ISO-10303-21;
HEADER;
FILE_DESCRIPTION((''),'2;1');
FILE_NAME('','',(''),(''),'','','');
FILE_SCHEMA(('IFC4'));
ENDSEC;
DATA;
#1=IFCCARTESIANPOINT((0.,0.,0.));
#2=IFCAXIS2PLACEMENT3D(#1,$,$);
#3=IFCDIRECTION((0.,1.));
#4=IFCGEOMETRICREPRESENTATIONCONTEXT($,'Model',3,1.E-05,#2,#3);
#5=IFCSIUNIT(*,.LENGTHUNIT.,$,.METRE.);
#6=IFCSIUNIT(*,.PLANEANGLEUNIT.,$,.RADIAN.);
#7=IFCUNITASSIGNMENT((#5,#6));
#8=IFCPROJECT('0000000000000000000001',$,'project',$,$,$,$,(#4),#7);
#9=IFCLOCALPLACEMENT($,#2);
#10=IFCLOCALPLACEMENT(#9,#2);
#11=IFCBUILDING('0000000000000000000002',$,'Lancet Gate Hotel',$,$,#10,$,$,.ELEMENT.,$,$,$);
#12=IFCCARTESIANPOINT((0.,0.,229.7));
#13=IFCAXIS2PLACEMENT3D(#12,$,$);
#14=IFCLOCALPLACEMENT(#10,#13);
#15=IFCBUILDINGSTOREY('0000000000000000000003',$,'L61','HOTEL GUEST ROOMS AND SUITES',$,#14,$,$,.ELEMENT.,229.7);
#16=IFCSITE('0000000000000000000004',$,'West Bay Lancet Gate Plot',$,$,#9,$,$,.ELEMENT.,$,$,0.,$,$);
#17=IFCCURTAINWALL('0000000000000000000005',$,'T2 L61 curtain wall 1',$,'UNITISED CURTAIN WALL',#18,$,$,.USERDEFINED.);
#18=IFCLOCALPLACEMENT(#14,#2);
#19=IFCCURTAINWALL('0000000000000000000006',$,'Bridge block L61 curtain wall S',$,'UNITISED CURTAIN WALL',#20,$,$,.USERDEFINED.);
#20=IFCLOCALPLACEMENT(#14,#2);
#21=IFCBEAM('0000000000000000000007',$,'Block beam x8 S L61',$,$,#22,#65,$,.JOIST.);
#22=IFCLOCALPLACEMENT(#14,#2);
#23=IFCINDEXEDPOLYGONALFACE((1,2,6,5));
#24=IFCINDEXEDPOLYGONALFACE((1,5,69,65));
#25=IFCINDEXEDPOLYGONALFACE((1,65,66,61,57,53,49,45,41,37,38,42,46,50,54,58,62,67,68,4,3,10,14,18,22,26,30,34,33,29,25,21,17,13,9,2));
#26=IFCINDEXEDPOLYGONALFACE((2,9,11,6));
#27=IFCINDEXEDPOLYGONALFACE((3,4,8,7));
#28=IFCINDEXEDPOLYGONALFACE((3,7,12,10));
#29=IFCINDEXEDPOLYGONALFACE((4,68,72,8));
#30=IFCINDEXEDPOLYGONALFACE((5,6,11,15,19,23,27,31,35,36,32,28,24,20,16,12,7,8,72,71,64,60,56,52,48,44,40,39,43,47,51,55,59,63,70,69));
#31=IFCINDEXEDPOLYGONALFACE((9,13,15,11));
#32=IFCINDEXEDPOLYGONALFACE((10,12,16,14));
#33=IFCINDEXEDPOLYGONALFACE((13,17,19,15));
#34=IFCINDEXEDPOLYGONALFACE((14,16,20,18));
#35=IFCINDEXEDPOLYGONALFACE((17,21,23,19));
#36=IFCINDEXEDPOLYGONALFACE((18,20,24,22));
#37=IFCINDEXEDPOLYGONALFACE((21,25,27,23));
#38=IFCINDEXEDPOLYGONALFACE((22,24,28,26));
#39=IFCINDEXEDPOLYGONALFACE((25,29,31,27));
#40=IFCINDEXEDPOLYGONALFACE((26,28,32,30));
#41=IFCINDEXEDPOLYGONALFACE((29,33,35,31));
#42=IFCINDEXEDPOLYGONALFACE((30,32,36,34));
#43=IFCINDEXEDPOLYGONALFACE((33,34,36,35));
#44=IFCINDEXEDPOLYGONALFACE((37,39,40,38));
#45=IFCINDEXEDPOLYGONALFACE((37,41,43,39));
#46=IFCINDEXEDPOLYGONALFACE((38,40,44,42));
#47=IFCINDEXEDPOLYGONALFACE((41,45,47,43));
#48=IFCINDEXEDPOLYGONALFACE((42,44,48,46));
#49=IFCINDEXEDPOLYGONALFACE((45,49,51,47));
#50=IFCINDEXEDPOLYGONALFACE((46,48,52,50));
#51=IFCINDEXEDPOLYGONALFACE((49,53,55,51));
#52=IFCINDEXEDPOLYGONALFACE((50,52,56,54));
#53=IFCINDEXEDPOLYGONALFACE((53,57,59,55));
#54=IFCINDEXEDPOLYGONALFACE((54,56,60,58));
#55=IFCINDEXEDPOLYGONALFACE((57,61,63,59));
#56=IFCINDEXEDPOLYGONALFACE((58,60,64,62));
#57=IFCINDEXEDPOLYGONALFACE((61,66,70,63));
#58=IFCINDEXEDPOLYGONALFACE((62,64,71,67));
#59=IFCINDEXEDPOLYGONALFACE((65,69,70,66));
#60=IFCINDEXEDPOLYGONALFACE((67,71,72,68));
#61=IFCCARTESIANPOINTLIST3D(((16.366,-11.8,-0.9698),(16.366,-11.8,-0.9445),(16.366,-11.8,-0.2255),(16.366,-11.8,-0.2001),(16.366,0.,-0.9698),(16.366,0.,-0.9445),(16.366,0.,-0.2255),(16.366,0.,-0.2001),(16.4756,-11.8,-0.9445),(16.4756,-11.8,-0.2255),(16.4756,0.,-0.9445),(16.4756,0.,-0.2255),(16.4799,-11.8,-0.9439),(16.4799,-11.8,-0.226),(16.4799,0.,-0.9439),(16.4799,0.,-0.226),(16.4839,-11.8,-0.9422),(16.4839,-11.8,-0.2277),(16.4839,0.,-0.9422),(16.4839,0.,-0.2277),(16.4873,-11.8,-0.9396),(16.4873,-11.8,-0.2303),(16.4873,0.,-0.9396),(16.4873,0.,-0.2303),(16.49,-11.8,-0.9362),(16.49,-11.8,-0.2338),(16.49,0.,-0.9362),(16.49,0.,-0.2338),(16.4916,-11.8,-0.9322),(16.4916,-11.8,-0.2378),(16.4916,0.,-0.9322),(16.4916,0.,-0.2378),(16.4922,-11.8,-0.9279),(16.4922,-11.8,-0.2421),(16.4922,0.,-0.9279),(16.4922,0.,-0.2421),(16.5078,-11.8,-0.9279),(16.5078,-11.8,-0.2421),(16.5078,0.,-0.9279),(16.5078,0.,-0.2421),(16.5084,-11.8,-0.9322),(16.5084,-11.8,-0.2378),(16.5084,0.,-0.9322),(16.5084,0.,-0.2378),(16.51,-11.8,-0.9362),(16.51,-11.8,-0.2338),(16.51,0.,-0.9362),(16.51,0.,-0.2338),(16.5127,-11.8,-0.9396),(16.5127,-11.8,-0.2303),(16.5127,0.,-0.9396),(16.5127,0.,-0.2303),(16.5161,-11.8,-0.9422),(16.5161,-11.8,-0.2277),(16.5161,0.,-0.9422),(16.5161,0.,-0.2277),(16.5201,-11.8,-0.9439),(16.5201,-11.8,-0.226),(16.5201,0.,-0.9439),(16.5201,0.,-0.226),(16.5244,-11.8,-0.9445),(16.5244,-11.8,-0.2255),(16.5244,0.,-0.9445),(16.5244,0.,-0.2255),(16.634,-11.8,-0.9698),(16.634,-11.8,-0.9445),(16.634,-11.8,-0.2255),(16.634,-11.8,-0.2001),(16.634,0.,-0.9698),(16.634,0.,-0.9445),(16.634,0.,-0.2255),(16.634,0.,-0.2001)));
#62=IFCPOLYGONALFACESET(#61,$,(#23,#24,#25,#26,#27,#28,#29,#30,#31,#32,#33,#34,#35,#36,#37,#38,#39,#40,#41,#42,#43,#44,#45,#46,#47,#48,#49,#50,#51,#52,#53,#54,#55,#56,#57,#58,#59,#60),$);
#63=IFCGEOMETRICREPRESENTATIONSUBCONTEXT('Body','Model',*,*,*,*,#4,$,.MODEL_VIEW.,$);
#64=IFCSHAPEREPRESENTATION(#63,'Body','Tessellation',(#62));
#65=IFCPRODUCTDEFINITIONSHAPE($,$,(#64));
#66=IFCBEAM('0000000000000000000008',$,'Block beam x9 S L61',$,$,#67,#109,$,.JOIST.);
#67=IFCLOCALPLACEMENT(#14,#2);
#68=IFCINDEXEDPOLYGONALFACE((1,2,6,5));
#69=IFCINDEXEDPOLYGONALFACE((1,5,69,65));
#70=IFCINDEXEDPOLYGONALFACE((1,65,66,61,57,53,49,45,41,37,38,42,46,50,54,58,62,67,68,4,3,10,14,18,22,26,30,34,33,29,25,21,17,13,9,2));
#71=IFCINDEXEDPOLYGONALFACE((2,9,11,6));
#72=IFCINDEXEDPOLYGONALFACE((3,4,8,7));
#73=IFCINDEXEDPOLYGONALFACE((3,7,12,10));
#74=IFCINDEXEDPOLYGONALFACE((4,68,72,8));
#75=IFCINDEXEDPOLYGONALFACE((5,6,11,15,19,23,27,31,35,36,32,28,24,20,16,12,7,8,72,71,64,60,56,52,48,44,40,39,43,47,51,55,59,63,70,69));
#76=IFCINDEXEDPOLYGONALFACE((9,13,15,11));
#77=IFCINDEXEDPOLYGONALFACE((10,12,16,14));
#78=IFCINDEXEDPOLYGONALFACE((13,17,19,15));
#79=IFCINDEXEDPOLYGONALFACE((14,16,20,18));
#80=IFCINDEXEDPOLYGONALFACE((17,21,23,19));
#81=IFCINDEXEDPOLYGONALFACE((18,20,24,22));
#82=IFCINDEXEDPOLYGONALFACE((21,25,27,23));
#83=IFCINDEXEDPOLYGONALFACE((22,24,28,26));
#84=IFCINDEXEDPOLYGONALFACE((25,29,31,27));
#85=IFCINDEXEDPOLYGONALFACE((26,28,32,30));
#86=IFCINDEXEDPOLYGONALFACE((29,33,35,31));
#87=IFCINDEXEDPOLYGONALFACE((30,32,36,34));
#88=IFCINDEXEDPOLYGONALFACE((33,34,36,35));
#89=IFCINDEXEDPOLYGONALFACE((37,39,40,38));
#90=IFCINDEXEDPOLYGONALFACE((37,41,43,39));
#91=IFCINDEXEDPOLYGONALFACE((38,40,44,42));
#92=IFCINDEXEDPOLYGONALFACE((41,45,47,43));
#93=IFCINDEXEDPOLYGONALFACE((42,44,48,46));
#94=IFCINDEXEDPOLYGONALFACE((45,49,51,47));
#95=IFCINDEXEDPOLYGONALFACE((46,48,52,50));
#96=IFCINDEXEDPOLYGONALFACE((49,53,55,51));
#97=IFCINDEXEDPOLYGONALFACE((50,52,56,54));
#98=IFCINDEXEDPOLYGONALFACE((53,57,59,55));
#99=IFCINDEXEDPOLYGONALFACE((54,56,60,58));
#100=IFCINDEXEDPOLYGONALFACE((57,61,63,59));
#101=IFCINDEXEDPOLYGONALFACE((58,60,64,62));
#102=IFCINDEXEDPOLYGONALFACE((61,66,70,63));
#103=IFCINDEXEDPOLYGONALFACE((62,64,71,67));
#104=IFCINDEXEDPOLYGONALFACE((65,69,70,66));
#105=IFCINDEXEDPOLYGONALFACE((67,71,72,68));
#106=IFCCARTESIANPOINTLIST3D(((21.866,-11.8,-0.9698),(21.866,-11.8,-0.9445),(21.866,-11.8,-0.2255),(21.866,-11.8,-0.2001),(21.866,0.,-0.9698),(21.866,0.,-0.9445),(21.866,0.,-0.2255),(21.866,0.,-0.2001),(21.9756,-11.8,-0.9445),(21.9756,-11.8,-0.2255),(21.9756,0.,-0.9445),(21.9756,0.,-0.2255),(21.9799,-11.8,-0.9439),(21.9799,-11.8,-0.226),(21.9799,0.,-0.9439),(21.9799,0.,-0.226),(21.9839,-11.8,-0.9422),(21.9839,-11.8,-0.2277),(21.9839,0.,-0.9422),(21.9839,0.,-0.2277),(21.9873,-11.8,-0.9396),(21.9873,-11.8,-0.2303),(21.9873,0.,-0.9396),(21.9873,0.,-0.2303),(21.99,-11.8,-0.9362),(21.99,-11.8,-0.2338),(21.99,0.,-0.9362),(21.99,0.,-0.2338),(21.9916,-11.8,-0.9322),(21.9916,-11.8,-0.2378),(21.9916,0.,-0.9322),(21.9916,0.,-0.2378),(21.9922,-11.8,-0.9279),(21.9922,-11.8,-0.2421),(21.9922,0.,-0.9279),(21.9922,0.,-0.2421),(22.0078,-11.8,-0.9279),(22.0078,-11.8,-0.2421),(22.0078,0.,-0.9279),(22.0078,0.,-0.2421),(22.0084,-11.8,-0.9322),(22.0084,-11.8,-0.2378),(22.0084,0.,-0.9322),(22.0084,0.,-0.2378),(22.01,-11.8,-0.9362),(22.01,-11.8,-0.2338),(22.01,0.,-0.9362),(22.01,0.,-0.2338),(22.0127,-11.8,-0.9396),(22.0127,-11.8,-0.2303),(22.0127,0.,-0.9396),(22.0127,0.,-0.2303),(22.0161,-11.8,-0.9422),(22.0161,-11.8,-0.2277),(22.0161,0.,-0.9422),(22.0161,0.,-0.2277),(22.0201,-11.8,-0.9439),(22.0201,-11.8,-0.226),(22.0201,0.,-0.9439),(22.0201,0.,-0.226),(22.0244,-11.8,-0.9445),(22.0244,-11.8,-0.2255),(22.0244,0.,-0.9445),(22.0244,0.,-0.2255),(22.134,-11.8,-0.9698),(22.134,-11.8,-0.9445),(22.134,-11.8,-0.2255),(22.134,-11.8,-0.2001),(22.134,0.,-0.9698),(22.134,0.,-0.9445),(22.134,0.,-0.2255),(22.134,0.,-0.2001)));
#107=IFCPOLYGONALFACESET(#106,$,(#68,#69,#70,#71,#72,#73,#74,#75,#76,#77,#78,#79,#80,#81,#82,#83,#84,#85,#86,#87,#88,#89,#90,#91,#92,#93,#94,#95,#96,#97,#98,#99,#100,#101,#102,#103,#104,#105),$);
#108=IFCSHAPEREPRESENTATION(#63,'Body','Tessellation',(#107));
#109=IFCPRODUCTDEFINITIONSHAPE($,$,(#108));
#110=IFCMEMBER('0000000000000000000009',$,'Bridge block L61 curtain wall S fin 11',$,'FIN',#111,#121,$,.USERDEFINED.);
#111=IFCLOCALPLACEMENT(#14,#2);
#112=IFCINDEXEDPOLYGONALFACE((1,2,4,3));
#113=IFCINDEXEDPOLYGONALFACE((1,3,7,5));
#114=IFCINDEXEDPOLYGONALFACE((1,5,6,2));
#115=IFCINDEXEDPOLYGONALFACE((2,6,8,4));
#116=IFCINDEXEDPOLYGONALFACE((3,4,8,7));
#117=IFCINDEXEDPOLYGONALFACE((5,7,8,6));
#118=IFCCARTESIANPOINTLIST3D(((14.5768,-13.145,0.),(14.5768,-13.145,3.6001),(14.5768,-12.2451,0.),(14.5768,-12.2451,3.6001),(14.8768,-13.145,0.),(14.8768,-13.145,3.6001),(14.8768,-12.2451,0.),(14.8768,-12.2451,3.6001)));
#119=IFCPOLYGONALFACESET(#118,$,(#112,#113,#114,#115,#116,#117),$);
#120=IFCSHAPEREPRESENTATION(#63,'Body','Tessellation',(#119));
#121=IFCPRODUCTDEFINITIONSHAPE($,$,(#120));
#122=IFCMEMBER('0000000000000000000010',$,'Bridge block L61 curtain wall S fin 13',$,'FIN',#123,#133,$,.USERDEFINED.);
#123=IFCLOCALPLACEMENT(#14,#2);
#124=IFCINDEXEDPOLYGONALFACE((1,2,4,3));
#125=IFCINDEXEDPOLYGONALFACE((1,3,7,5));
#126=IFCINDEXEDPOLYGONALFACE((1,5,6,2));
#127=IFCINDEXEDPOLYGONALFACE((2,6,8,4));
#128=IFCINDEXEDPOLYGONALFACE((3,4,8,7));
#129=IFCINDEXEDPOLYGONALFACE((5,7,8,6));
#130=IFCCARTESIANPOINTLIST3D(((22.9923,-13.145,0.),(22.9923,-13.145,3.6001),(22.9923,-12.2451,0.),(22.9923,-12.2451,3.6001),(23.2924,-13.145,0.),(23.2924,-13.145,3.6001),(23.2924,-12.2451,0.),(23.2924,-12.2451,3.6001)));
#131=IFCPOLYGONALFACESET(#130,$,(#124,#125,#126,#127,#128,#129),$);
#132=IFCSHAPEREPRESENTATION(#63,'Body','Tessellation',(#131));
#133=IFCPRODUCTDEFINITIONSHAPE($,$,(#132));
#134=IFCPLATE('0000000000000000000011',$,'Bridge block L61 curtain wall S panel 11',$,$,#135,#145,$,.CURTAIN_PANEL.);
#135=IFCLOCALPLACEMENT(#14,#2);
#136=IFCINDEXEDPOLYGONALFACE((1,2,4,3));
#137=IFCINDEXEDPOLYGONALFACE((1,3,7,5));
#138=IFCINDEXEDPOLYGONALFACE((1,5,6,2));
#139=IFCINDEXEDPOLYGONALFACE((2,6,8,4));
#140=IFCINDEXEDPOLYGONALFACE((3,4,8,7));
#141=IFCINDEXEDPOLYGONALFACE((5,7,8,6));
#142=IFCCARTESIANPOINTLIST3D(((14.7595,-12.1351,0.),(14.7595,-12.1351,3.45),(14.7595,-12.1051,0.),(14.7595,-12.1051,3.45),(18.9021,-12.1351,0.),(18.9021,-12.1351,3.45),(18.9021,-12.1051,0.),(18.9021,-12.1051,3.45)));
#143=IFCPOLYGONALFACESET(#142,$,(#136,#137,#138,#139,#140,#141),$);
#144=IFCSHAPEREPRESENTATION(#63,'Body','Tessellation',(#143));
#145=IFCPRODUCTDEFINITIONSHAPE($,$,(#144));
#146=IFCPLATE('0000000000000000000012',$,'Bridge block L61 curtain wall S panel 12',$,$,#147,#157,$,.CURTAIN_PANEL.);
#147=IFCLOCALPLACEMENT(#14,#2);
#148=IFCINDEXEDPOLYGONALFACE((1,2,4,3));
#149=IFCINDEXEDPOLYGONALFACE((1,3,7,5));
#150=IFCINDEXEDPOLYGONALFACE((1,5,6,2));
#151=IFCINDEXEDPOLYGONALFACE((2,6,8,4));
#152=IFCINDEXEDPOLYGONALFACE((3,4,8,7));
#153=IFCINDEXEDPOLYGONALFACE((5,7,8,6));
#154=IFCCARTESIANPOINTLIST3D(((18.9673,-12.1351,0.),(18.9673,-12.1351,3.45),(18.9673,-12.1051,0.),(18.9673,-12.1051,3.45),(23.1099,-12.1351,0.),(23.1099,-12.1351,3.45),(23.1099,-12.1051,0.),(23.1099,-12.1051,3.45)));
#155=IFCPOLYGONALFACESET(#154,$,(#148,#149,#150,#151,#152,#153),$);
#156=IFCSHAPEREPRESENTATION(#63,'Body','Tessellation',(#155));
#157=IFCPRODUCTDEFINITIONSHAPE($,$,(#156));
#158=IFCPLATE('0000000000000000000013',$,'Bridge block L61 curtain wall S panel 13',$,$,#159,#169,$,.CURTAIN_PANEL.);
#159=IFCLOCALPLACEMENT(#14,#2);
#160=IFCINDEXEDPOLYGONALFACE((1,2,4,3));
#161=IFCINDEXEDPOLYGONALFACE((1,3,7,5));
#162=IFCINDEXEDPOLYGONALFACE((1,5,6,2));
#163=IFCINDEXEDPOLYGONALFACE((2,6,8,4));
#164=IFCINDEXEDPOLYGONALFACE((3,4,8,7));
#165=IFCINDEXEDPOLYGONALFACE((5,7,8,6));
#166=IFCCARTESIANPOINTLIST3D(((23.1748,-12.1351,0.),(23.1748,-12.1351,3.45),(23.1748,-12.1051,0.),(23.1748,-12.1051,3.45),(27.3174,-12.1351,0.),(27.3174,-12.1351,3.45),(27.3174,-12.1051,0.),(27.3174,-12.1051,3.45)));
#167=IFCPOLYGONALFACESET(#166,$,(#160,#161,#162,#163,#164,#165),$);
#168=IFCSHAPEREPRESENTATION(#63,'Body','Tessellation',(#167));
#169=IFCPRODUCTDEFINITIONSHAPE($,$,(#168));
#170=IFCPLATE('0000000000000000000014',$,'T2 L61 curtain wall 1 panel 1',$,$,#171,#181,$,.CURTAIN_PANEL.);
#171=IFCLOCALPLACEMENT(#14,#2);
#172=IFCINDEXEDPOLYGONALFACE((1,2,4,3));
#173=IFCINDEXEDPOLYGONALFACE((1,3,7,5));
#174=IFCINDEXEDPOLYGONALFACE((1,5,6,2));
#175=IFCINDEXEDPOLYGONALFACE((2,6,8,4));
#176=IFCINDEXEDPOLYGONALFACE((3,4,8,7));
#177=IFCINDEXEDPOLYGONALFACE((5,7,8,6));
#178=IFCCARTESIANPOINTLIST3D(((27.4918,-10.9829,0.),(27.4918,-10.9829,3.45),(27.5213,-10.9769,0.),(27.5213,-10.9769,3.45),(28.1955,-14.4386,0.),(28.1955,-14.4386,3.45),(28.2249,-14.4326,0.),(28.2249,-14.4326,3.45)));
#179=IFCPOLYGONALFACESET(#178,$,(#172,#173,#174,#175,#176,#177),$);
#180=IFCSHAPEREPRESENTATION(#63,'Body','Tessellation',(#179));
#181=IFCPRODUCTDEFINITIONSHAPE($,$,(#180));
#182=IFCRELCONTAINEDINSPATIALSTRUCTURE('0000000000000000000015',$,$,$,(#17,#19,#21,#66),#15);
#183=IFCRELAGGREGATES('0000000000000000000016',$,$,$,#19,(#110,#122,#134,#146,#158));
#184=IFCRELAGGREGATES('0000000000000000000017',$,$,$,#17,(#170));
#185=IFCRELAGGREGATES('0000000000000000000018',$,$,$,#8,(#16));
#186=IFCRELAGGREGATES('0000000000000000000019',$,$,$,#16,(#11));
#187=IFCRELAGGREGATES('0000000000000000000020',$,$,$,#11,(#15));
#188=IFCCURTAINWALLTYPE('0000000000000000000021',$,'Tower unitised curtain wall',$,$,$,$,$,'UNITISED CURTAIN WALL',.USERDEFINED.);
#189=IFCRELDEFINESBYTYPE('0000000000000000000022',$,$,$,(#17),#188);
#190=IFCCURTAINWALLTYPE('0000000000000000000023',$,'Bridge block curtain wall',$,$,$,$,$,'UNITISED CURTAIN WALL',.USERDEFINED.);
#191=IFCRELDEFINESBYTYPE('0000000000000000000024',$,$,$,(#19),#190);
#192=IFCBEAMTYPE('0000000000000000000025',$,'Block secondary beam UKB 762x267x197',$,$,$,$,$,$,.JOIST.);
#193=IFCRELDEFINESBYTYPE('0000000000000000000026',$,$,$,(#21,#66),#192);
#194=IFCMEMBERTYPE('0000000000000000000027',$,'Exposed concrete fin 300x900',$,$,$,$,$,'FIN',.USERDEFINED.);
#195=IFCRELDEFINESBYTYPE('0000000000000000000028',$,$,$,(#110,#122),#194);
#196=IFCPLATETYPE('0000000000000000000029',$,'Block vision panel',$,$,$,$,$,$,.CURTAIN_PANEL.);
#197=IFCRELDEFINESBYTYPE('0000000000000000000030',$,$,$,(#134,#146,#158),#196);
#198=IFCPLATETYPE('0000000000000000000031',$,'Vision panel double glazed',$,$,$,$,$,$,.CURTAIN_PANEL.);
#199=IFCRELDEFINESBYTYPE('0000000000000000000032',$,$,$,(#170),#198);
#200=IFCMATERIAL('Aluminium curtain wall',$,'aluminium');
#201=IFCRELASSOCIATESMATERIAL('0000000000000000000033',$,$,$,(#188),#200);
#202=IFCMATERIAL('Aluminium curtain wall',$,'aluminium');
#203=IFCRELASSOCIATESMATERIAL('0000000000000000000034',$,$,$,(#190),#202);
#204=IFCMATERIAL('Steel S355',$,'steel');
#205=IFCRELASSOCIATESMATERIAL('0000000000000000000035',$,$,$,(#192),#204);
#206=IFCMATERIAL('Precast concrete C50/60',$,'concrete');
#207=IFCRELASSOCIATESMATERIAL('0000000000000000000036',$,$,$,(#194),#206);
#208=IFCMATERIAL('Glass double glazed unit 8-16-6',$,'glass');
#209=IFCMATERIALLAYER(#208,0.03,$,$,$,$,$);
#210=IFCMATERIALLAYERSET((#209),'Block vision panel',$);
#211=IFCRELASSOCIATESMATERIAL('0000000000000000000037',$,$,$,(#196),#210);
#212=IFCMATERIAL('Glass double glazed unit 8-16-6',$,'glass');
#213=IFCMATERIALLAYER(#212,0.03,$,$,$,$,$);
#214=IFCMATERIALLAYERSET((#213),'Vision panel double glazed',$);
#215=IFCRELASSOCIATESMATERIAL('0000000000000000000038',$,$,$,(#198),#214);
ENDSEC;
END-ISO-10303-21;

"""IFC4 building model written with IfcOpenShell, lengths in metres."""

from ifc_helpers import new_model, si_unit, direction, frame, origin, origin_2d, place, context, subcontext, project, spatial, rectangle, i_section, extrude, material, layer, layer_set, material_profile, profile_set, type_object, element, aggregate, save


model = new_model("IFC4")

# Units and contexts
model_context = context("Model", 3, precision=1e-05, world=origin(), true_north=direction((0.0, 1.0)))
body_context = subcontext(model_context, "Body", "Model", "MODEL_VIEW")
ifc_project = project(units=[si_unit("LENGTHUNIT", "METRE"), si_unit("PLANEANGLEUNIT", "RADIAN")], contexts=[model_context])

# Site, building, storey
site_placement = place(None, origin())
site = spatial("IfcSite", under=ifc_project, at=site_placement, Name="West Bay Lancet Gate Plot", CompositionType="ELEMENT", RefElevation=0.0)
building_placement = place(site_placement, origin())
building = spatial("IfcBuilding", under=site, at=building_placement, Name="Lancet Gate Hotel", CompositionType="ELEMENT")
storey_placement = place(building_placement, frame((0.0, 0.0, 229.7)))
storey = spatial("IfcBuildingStorey", under=building, at=storey_placement, Name="L61", Description="HOTEL GUEST ROOMS AND SUITES", CompositionType="ELEMENT", Elevation=229.7)

# Curtain wall
ifc_material_1 = material(Name="Aluminium curtain wall", Category="aluminium")
curtain_wall_type_1 = type_object("IfcCurtainWallType", Name="Tower unitised curtain wall", ElementType="UNITISED CURTAIN WALL", PredefinedType="USERDEFINED", material=ifc_material_1)
curtain_wall_1_placement = place(storey_placement, origin())
curtain_wall_1 = element("IfcCurtainWall", 1, at=curtain_wall_1_placement, inside=storey, type_object=curtain_wall_type_1, Name="T2 L61 curtain wall 1", ObjectType="UNITISED CURTAIN WALL", PredefinedType="USERDEFINED")

# Curtain wall
ifc_material_2 = material(Name="Aluminium curtain wall", Category="aluminium")
curtain_wall_type_2 = type_object("IfcCurtainWallType", Name="Bridge block curtain wall", ElementType="UNITISED CURTAIN WALL", PredefinedType="USERDEFINED", material=ifc_material_2)
curtain_wall_2_placement = place(storey_placement, origin())
curtain_wall_2 = element("IfcCurtainWall", 2, at=curtain_wall_2_placement, inside=storey, type_object=curtain_wall_type_2, Name="Bridge block L61 curtain wall S", ObjectType="UNITISED CURTAIN WALL", PredefinedType="USERDEFINED")

# Beams
ifc_material_3 = material(Name="Steel S355", Category="steel")
ifc_material_profile_1 = material_profile(ifc_material_3, i_section(OverallWidth=0.2681, OverallDepth=0.7698, WebThickness=0.0156, FlangeThickness=0.0254, FilletRadius=0.0166, at=origin_2d()), Name="UKB 762x267x197")
ifc_profile_set_1 = profile_set([ifc_material_profile_1], Name="Steel S355")
beam_type_1 = type_object("IfcBeamType", Name="Block secondary beam UKB 762x267x197", PredefinedType="JOIST", material=ifc_profile_set_1)
for number, where, z_axis, x_axis, name in (
    (3, (16.5, -11.8, -0.585), (0.0, 1.0, 0.0), (-1.0, 0.0, 0.0), "Block beam x8 S L61"),
    (4, (22.0, -11.8, -0.585), (0.0, 1.0, 0.0), (-1.0, 0.0, 0.0), "Block beam x9 S L61"),
):
    element("IfcBeam", number, at=place(storey_placement, frame(where, z_axis=z_axis, x_axis=x_axis)), inside=storey, type_object=beam_type_1, Name=name, PredefinedType="JOIST", context=body_context, shape_type="SweptSolid", body=[
        extrude(i_section(OverallWidth=0.2681, OverallDepth=0.7698, WebThickness=0.0156, FlangeThickness=0.0254, FilletRadius=0.0166, at=origin_2d()), origin(), (0.0, 0.0, 1.0), 11.8),
    ])

# Members
ifc_material_4 = material(Name="Precast concrete C50/60", Category="concrete")
ifc_material_profile_2 = material_profile(ifc_material_4, rectangle(XDim=0.3, YDim=0.8999, at=origin_2d()), Name="FIN 300x900")
ifc_profile_set_2 = profile_set([ifc_material_profile_2], Name="Precast concrete C50/60")
member_type_1 = type_object("IfcMemberType", Name="Exposed concrete fin 300x900", ElementType="FIN", PredefinedType="USERDEFINED", material=ifc_profile_set_2)
member_1_placement = place(storey_placement, frame((14.7268, -12.6951, 0.0), z_axis=(0.0, 0.0, 1.0), x_axis=(1.0, 0.0, 0.0)))
member_1 = element("IfcMember", 5, at=member_1_placement, type_object=member_type_1, Name="Bridge block L61 curtain wall S fin 11", ObjectType="FIN", PredefinedType="USERDEFINED", context=body_context, shape_type="SweptSolid", body=[
    extrude(rectangle(XDim=0.3, YDim=0.8999, at=origin_2d()), origin(), (0.0, 0.0, 1.0), 3.6001),
])
member_2_placement = place(storey_placement, frame((23.1423, -12.6951, 0.0), z_axis=(0.0, 0.0, 1.0), x_axis=(1.0, 0.0, 0.0)))
member_2 = element("IfcMember", 6, at=member_2_placement, type_object=member_type_1, Name="Bridge block L61 curtain wall S fin 13", ObjectType="FIN", PredefinedType="USERDEFINED", context=body_context, shape_type="SweptSolid", body=[
    extrude(rectangle(XDim=0.3, YDim=0.8999, at=origin_2d()), origin(), (0.0, 0.0, 1.0), 3.6001),
])

# Plates
ifc_material_5 = material(Name="Glass double glazed unit 8-16-6", Category="glass")
ifc_layer_1 = layer(ifc_material_5, 0.03)
ifc_layer_set_1 = layer_set([ifc_layer_1], Name="Block vision panel")
plate_type_1 = type_object("IfcPlateType", Name="Block vision panel", PredefinedType="CURTAIN_PANEL", material=ifc_layer_set_1)
plate_1_placement = place(storey_placement, frame((16.8308, -12.1201, 0.0), z_axis=(0.0, 0.0, 1.0), x_axis=(1.0, 0.0, 0.0)))
plate_1 = element("IfcPlate", 7, at=plate_1_placement, type_object=plate_type_1, Name="Bridge block L61 curtain wall S panel 11", PredefinedType="CURTAIN_PANEL", context=body_context, shape_type="SweptSolid", body=[
    extrude(rectangle(XDim=4.1426, YDim=0.03, at=origin_2d()), origin(), (0.0, 0.0, 1.0), 3.45),
])
plate_2_placement = place(storey_placement, frame((21.0386, -12.1201, 0.0), z_axis=(0.0, 0.0, 1.0), x_axis=(1.0, 0.0, 0.0)))
plate_2 = element("IfcPlate", 8, at=plate_2_placement, type_object=plate_type_1, Name="Bridge block L61 curtain wall S panel 12", PredefinedType="CURTAIN_PANEL", context=body_context, shape_type="SweptSolid", body=[
    extrude(rectangle(XDim=4.1426, YDim=0.03, at=origin_2d()), origin(), (0.0, 0.0, 1.0), 3.45),
])
plate_3_placement = place(storey_placement, frame((25.2461, -12.1201, 0.0), z_axis=(0.0, 0.0, 1.0), x_axis=(1.0, 0.0, 0.0)))
plate_3 = element("IfcPlate", 9, at=plate_3_placement, type_object=plate_type_1, Name="Bridge block L61 curtain wall S panel 13", PredefinedType="CURTAIN_PANEL", context=body_context, shape_type="SweptSolid", body=[
    extrude(rectangle(XDim=4.1426, YDim=0.03, at=origin_2d()), origin(), (0.0, 0.0, 1.0), 3.45),
])
aggregate(curtain_wall_2, [member_1, member_2, plate_1, plate_2, plate_3])
ifc_material_6 = material(Name="Glass double glazed unit 8-16-6", Category="glass")
ifc_layer_2 = layer(ifc_material_6, 0.03)
ifc_layer_set_2 = layer_set([ifc_layer_2], Name="Vision panel double glazed")
plate_type_2 = type_object("IfcPlateType", Name="Vision panel double glazed", PredefinedType="CURTAIN_PANEL", material=ifc_layer_set_2)
plate_4_placement = place(storey_placement, frame((27.8584, -12.7078, 0.0), z_axis=(0.0, 0.0, 1.0), x_axis=(0.199533, -0.979891, 0.0)))
plate_4 = element("IfcPlate", 10, at=plate_4_placement, type_object=plate_type_2, Name="T2 L61 curtain wall 1 panel 1", PredefinedType="CURTAIN_PANEL", context=body_context, shape_type="SweptSolid", body=[
    extrude(rectangle(XDim=3.5266, YDim=0.03, at=origin_2d()), origin(), (0.0, 0.0, 1.0), 3.45),
])
aggregate(curtain_wall_1, [plate_4])

save(model, "model.ifc")
